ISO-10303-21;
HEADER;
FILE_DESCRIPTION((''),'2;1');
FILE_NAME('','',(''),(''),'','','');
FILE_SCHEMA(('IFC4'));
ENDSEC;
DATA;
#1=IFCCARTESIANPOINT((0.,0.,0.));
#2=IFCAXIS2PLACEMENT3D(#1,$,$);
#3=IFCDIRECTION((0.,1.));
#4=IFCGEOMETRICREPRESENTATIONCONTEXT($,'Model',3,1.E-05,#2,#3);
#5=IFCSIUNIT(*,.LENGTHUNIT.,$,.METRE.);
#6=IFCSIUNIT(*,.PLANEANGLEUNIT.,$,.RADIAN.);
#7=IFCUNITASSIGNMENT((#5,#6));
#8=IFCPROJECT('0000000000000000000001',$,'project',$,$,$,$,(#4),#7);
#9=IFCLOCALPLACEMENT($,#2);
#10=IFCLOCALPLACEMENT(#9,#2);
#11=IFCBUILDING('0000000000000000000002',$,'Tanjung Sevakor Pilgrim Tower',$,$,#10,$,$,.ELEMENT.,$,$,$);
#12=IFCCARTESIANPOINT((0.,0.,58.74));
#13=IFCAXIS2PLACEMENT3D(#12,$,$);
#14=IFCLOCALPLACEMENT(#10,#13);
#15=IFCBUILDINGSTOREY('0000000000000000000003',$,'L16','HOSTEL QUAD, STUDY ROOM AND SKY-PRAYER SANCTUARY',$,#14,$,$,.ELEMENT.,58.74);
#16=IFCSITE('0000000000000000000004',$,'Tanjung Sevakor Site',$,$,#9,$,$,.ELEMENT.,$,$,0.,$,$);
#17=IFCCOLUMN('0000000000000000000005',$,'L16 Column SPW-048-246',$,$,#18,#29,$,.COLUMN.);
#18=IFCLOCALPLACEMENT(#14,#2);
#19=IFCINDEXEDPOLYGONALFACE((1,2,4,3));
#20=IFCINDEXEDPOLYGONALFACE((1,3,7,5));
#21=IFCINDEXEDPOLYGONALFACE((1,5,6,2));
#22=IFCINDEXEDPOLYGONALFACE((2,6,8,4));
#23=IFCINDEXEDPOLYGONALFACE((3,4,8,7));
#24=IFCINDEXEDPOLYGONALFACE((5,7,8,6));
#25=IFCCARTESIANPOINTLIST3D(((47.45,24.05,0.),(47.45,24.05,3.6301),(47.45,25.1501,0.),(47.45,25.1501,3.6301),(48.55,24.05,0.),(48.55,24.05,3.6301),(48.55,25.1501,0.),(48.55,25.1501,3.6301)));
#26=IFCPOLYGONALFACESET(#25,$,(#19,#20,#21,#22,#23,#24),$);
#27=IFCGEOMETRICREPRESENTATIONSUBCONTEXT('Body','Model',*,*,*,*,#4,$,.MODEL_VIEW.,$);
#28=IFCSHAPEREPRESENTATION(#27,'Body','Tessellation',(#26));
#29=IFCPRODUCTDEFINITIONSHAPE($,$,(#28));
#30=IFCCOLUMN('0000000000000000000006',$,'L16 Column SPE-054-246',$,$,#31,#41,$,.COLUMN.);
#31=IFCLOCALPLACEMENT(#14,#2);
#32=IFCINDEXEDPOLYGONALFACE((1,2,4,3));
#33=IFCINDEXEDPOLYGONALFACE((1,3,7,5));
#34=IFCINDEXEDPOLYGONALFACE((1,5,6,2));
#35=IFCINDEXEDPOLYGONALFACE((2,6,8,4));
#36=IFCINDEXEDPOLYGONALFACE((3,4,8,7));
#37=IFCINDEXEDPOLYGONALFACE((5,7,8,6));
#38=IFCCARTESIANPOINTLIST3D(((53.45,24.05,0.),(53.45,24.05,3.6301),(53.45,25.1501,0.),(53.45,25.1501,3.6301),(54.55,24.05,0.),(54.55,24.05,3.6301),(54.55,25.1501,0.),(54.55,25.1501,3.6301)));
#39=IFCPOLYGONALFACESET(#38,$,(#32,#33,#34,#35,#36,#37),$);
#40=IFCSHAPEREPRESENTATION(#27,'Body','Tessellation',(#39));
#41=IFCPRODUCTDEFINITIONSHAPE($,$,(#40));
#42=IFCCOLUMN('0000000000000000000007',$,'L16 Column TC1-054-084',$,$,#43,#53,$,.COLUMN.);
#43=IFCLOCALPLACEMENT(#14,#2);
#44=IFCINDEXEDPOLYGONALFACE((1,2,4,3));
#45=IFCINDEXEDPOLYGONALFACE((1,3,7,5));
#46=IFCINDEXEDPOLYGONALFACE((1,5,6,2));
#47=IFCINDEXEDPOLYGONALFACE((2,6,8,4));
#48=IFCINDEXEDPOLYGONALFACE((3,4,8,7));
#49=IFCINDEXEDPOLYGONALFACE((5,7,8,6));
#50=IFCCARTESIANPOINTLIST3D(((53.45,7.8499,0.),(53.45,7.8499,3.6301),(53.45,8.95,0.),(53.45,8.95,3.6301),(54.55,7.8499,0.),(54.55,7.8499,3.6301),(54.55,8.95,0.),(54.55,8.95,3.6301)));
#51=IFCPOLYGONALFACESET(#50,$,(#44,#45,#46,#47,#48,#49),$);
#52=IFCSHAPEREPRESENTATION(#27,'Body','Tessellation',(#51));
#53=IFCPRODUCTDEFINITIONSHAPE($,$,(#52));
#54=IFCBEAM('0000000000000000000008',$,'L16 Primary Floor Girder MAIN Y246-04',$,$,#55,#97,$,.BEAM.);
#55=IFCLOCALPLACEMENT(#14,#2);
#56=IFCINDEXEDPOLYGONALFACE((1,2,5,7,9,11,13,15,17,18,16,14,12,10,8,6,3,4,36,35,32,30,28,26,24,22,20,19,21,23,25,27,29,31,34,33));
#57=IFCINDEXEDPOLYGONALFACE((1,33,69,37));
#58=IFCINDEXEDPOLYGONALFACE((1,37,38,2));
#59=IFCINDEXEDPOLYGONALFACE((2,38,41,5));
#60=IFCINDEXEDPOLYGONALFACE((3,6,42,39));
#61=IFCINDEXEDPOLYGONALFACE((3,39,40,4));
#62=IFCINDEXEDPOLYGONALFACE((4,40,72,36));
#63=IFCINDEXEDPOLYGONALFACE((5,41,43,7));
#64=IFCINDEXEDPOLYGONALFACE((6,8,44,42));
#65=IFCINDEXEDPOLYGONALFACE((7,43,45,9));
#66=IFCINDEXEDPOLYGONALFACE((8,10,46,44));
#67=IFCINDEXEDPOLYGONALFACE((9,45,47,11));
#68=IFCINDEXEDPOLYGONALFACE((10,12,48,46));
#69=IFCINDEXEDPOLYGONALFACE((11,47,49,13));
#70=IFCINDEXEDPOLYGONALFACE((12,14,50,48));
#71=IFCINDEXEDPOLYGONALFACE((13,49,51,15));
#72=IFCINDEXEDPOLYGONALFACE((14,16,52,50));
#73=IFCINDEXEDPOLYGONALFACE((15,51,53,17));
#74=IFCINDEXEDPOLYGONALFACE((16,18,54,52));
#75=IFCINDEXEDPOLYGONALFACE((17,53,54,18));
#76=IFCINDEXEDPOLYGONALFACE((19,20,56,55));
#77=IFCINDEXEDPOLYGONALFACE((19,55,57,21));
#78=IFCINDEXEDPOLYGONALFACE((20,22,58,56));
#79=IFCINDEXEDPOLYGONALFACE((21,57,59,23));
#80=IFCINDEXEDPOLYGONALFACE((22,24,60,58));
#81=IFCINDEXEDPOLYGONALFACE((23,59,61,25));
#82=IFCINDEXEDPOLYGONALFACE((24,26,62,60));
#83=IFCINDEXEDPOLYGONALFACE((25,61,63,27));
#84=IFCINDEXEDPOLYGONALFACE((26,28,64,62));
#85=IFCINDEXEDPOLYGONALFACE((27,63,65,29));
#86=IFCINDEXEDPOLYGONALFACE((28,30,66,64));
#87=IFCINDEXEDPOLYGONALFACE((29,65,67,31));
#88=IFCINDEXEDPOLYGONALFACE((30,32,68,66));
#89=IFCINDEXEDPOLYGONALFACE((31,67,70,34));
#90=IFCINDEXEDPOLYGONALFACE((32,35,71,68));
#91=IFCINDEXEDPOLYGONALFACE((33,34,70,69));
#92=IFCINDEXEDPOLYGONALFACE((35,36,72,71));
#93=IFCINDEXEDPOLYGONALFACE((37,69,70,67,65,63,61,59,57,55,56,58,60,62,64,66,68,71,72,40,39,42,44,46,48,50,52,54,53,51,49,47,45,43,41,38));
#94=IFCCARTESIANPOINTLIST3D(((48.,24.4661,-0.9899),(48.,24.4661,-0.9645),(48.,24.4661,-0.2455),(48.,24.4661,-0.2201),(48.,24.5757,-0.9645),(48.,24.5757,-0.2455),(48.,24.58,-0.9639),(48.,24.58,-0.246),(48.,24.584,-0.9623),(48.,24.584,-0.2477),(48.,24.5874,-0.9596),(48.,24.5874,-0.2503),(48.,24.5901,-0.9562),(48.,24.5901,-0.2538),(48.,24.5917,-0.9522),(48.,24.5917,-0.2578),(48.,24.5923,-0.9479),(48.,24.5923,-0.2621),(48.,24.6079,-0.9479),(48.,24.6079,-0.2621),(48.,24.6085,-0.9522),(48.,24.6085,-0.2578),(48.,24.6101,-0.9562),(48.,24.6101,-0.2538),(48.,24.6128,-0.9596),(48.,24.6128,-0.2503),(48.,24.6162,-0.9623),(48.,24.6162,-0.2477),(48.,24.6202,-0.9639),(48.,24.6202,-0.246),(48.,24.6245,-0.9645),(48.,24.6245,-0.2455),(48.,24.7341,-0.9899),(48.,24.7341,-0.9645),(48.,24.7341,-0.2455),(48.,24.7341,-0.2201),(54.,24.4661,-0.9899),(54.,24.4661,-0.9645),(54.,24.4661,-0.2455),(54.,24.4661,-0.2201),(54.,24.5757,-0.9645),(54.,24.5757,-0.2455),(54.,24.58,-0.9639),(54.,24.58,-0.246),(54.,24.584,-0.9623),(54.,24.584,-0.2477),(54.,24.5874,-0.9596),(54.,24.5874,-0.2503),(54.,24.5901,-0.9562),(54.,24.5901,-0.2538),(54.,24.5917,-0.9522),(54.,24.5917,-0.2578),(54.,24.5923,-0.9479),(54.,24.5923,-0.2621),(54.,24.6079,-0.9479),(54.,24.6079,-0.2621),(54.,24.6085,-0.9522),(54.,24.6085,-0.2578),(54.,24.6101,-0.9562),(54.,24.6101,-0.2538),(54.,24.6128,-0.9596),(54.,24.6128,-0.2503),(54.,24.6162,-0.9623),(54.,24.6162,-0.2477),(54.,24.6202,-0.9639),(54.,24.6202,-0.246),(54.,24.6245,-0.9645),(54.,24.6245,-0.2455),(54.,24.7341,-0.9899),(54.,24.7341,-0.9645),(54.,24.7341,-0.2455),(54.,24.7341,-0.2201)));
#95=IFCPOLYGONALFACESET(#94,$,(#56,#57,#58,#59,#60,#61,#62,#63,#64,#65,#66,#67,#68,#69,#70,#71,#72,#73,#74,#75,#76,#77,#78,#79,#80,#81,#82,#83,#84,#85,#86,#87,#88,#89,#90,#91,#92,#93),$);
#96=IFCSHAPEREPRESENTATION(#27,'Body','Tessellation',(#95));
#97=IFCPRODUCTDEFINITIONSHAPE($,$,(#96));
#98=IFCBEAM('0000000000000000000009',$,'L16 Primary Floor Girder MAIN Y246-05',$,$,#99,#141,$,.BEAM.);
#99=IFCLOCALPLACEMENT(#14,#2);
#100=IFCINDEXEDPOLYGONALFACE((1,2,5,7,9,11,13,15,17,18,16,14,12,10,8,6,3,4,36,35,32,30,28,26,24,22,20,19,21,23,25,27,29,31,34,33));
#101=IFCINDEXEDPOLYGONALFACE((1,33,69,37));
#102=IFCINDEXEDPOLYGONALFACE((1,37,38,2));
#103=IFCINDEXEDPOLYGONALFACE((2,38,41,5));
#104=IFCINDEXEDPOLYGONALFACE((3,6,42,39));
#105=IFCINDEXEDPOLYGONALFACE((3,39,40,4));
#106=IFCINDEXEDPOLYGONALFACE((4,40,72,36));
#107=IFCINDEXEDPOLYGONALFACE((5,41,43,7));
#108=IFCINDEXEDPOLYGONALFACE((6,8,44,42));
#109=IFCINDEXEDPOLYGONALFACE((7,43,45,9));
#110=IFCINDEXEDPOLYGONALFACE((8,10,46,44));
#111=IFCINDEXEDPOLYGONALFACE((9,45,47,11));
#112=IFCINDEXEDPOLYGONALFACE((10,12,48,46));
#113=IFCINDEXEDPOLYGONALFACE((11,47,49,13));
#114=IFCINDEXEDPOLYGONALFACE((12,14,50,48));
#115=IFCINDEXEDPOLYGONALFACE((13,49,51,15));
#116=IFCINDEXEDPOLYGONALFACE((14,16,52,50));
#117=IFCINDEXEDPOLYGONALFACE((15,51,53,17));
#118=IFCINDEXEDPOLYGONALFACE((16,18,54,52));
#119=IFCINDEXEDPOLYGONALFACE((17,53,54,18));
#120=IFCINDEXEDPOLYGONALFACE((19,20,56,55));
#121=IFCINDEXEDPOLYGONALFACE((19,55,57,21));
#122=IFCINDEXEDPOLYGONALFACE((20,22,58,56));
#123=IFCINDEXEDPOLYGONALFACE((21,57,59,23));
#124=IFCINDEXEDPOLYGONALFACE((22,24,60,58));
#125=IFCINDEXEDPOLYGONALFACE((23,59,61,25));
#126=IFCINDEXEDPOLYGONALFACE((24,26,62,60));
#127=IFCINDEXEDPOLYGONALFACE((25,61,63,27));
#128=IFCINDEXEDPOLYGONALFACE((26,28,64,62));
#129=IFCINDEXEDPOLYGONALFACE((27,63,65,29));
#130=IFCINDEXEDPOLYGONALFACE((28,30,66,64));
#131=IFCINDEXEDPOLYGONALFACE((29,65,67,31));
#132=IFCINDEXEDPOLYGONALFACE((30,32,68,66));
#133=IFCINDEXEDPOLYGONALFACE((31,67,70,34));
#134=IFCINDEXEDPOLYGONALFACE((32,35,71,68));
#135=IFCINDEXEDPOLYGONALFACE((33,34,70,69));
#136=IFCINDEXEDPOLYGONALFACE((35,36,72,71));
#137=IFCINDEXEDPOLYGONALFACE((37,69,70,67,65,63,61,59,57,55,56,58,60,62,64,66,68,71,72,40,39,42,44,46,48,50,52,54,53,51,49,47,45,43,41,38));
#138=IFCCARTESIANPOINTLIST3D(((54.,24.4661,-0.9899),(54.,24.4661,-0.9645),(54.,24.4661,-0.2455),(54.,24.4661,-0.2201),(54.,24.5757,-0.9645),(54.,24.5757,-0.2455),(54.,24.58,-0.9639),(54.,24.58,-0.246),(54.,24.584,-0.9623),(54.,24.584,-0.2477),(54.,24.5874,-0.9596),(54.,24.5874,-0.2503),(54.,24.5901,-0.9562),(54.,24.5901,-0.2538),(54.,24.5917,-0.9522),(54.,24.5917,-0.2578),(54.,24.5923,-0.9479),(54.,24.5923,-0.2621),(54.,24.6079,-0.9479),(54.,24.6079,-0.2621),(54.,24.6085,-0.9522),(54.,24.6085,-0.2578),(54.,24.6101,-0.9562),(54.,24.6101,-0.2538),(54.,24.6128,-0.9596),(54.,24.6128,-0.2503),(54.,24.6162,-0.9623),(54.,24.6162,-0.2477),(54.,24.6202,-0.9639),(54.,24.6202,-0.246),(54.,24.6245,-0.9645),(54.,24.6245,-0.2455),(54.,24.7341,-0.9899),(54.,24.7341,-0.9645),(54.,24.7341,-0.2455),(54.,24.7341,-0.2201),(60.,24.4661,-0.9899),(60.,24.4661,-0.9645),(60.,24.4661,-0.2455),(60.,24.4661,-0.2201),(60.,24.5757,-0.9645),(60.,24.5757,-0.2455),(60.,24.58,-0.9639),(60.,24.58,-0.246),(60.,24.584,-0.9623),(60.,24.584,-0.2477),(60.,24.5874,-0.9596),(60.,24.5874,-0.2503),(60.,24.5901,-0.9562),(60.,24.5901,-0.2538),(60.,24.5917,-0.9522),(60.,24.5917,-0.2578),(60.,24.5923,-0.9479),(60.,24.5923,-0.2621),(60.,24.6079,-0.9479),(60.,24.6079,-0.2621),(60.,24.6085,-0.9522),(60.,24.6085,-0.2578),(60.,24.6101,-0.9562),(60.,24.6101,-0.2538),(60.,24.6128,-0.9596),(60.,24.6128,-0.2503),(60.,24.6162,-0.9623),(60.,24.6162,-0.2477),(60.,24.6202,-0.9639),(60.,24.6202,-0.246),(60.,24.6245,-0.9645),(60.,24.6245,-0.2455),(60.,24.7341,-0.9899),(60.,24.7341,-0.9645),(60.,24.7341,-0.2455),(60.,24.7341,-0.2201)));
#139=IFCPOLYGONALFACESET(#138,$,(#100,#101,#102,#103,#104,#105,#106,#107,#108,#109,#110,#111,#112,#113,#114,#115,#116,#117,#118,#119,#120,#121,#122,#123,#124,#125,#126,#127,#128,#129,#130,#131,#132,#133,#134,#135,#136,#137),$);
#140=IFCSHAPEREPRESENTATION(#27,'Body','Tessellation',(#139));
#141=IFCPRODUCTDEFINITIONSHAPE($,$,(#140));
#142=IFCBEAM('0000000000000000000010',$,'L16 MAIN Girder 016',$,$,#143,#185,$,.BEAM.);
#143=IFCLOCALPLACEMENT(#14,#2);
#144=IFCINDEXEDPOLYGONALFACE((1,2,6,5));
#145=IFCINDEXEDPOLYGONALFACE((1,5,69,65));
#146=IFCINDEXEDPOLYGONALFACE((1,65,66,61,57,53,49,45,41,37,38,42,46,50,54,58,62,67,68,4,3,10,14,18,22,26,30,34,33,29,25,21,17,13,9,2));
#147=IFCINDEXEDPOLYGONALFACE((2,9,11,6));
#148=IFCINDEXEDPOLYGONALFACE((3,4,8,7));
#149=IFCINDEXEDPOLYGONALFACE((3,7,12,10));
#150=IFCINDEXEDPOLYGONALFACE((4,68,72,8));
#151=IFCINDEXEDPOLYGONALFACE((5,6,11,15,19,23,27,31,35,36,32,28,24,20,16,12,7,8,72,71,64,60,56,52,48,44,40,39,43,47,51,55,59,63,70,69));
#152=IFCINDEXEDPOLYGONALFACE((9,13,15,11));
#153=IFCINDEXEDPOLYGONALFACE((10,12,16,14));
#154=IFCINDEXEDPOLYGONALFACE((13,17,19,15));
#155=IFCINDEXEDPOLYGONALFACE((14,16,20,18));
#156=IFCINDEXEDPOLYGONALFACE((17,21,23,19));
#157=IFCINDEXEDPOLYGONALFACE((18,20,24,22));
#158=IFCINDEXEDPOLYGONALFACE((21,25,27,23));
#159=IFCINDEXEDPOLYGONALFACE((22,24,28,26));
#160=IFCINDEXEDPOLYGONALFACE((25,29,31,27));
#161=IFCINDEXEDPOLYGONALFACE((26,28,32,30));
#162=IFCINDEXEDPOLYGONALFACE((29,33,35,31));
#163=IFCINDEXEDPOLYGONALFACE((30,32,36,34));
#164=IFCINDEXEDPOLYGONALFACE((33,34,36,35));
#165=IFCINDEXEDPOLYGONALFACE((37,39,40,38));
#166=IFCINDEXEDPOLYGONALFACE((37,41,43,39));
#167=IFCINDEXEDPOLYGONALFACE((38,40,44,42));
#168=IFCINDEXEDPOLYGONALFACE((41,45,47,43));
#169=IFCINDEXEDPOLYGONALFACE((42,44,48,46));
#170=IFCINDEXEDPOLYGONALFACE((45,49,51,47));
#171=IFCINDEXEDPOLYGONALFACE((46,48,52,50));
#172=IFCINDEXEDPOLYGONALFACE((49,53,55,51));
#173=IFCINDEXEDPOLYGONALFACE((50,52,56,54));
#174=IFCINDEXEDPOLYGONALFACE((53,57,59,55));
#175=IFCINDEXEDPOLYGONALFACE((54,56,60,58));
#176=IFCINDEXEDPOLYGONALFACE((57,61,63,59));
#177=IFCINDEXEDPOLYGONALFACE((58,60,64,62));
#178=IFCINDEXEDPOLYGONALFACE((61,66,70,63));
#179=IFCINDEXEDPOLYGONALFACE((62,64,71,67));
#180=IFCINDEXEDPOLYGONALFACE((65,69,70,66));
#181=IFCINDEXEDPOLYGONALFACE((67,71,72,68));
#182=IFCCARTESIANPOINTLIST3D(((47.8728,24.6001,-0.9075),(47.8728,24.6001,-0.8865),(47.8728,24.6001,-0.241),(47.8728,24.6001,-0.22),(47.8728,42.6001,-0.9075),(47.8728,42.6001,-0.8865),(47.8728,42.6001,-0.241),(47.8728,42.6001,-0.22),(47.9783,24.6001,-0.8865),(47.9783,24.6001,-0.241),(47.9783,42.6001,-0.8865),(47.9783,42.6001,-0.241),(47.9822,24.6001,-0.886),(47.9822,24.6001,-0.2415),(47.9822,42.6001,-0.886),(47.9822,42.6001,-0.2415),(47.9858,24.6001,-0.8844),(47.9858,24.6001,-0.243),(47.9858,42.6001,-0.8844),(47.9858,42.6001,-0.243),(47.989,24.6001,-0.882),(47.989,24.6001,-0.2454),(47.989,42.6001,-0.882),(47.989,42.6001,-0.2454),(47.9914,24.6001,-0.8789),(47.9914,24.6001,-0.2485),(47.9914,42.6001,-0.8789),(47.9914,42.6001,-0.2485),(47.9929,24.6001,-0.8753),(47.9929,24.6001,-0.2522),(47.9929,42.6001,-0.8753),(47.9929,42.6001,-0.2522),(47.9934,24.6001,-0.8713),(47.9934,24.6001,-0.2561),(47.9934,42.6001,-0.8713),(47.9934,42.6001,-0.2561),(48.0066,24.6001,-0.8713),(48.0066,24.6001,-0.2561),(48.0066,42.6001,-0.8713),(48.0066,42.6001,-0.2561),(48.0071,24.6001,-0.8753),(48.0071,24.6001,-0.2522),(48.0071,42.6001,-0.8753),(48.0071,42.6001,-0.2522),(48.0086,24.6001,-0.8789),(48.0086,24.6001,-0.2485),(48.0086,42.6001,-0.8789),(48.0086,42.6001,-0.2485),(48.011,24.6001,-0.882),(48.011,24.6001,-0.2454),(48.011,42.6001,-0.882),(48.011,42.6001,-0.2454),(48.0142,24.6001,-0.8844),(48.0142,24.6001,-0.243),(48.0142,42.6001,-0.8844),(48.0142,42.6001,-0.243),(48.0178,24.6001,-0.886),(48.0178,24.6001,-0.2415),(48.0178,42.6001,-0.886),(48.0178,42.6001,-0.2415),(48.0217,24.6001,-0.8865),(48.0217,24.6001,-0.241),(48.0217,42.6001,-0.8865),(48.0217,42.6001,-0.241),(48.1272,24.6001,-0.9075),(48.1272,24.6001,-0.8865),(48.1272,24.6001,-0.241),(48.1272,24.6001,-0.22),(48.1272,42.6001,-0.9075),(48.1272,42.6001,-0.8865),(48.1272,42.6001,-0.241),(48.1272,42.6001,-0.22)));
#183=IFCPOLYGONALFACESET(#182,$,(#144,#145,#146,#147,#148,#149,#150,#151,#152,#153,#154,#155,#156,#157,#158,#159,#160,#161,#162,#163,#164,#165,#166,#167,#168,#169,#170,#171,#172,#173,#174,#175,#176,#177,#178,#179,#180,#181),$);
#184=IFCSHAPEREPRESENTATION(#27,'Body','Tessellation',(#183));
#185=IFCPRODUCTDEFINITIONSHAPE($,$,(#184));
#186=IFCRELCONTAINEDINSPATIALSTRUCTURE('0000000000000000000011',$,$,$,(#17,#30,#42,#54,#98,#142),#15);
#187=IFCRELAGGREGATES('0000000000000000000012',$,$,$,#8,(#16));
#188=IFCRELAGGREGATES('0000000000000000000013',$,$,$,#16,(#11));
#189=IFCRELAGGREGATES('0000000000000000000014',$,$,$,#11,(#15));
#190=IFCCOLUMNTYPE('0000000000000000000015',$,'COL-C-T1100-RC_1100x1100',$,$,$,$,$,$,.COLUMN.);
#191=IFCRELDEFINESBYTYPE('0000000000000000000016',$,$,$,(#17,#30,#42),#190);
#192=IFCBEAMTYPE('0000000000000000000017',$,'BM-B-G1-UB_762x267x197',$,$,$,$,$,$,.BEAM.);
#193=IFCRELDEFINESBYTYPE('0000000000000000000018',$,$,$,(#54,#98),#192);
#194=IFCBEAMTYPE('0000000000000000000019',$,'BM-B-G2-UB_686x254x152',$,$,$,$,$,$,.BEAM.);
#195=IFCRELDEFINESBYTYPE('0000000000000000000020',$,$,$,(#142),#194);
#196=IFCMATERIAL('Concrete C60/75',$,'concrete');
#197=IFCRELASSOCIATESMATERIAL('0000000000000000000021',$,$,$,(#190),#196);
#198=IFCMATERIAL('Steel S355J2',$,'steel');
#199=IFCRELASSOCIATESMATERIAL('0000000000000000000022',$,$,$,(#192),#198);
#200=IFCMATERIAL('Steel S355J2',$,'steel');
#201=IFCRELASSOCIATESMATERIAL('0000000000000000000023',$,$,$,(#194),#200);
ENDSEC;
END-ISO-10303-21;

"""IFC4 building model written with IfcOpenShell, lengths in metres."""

from ifc_helpers import new_model, si_unit, direction, frame, origin, origin_2d, place, context, subcontext, project, spatial, rectangle, i_section, extrude, material, material_profile, profile_set, type_object, element, save


model = new_model("IFC4")

# Units and contexts
model_context = context("Model", 3, precision=1e-05, world=origin(), true_north=direction((0.0, 1.0)))
body_context = subcontext(model_context, "Body", "Model", "MODEL_VIEW")
ifc_project = project(units=[si_unit("LENGTHUNIT", "METRE"), si_unit("PLANEANGLEUNIT", "RADIAN")], contexts=[model_context])

# Site, building, storey
site_placement = place(None, origin())
site = spatial("IfcSite", under=ifc_project, at=site_placement, Name="Tanjung Sevakor Site", CompositionType="ELEMENT", RefElevation=0.0)
building_placement = place(site_placement, origin())
building = spatial("IfcBuilding", under=site, at=building_placement, Name="Tanjung Sevakor Pilgrim Tower", CompositionType="ELEMENT")
storey_placement = place(building_placement, frame((0.0, 0.0, 58.74)))
storey = spatial("IfcBuildingStorey", under=building, at=storey_placement, Name="L16", Description="HOSTEL QUAD, STUDY ROOM AND SKY-PRAYER SANCTUARY", CompositionType="ELEMENT", Elevation=58.74)

# Columns
ifc_material_1 = material(Name="Concrete C60/75", Category="concrete")
ifc_material_profile_1 = material_profile(ifc_material_1, rectangle(XDim=1.1001, YDim=1.1001, at=origin_2d()))
ifc_profile_set_1 = profile_set([ifc_material_profile_1], Name="Concrete C60/75")
column_type = type_object("IfcColumnType", Name="COL-C-T1100-RC_1100x1100", PredefinedType="COLUMN", material=ifc_profile_set_1)
for number, where, z_axis, x_axis, name in (
    (1, (48.0, 24.6001, 0.0), (0.0, 0.0, 1.0), (1.0, 0.0, 0.0), "L16 Column SPW-048-246"),
    (2, (54.0, 24.6001, 0.0), (0.0, 0.0, 1.0), (1.0, 0.0, 0.0), "L16 Column SPE-054-246"),
    (3, (54.0, 8.3999, 0.0), (0.0, 0.0, 1.0), (1.0, 0.0, 0.0), "L16 Column TC1-054-084"),
):
    element("IfcColumn", number, at=place(storey_placement, frame(where, z_axis=z_axis, x_axis=x_axis)), inside=storey, type_object=column_type, Name=name, PredefinedType="COLUMN", context=body_context, shape_type="SweptSolid", body=[
        extrude(rectangle(XDim=1.1001, YDim=1.1001, at=origin_2d()), origin(), (0.0, 0.0, 1.0), 3.6301),
    ])

# Beams
ifc_material_2 = material(Name="Steel S355J2", Category="steel")
ifc_material_profile_2 = material_profile(ifc_material_2, i_section(OverallWidth=0.2681, OverallDepth=0.7698, WebThickness=0.0156, FlangeThickness=0.0254, FilletRadius=0.0166, at=origin_2d()))
ifc_profile_set_2 = profile_set([ifc_material_profile_2], Name="Steel S355J2")
beam_type_1 = type_object("IfcBeamType", Name="BM-B-G1-UB_762x267x197", PredefinedType="BEAM", material=ifc_profile_set_2)
for number, where, z_axis, x_axis, name in (
    (4, (48.0, 24.6001, -0.605), (1.0, 0.0, 0.0), (0.0, 1.0, 0.0), "L16 Primary Floor Girder MAIN Y246-04"),
    (5, (54.0, 24.6001, -0.605), (1.0, 0.0, 0.0), (0.0, 1.0, 0.0), "L16 Primary Floor Girder MAIN Y246-05"),
):
    element("IfcBeam", number, at=place(storey_placement, frame(where, z_axis=z_axis, x_axis=x_axis)), inside=storey, type_object=beam_type_1, Name=name, PredefinedType="BEAM", context=body_context, shape_type="SweptSolid", body=[
        extrude(i_section(OverallWidth=0.2681, OverallDepth=0.7698, WebThickness=0.0156, FlangeThickness=0.0254, FilletRadius=0.0166, at=origin_2d()), origin(), (0.0, 0.0, 1.0), 6.0),
    ])
ifc_material_3 = material(Name="Steel S355J2", Category="steel")
ifc_material_profile_3 = material_profile(ifc_material_3, i_section(OverallWidth=0.2544, OverallDepth=0.6875, WebThickness=0.0132, FlangeThickness=0.021, FilletRadius=0.0151, at=origin_2d()))
ifc_profile_set_3 = profile_set([ifc_material_profile_3], Name="Steel S355J2")
beam_type_2 = type_object("IfcBeamType", Name="BM-B-G2-UB_686x254x152", PredefinedType="BEAM", material=ifc_profile_set_3)
beam_1_placement = place(storey_placement, frame((48.0, 24.6001, -0.5637), z_axis=(0.0, 1.0, 0.0), x_axis=(-1.0, 0.0, 0.0)))
element("IfcBeam", 6, at=beam_1_placement, inside=storey, type_object=beam_type_2, Name="L16 MAIN Girder 016", PredefinedType="BEAM", context=body_context, shape_type="SweptSolid", body=[
    extrude(i_section(OverallWidth=0.2544, OverallDepth=0.6875, WebThickness=0.0132, FlangeThickness=0.021, FilletRadius=0.0151, at=origin_2d()), origin(), (0.0, 0.0, 1.0), 18.0),
])

save(model, "model.ifc")
